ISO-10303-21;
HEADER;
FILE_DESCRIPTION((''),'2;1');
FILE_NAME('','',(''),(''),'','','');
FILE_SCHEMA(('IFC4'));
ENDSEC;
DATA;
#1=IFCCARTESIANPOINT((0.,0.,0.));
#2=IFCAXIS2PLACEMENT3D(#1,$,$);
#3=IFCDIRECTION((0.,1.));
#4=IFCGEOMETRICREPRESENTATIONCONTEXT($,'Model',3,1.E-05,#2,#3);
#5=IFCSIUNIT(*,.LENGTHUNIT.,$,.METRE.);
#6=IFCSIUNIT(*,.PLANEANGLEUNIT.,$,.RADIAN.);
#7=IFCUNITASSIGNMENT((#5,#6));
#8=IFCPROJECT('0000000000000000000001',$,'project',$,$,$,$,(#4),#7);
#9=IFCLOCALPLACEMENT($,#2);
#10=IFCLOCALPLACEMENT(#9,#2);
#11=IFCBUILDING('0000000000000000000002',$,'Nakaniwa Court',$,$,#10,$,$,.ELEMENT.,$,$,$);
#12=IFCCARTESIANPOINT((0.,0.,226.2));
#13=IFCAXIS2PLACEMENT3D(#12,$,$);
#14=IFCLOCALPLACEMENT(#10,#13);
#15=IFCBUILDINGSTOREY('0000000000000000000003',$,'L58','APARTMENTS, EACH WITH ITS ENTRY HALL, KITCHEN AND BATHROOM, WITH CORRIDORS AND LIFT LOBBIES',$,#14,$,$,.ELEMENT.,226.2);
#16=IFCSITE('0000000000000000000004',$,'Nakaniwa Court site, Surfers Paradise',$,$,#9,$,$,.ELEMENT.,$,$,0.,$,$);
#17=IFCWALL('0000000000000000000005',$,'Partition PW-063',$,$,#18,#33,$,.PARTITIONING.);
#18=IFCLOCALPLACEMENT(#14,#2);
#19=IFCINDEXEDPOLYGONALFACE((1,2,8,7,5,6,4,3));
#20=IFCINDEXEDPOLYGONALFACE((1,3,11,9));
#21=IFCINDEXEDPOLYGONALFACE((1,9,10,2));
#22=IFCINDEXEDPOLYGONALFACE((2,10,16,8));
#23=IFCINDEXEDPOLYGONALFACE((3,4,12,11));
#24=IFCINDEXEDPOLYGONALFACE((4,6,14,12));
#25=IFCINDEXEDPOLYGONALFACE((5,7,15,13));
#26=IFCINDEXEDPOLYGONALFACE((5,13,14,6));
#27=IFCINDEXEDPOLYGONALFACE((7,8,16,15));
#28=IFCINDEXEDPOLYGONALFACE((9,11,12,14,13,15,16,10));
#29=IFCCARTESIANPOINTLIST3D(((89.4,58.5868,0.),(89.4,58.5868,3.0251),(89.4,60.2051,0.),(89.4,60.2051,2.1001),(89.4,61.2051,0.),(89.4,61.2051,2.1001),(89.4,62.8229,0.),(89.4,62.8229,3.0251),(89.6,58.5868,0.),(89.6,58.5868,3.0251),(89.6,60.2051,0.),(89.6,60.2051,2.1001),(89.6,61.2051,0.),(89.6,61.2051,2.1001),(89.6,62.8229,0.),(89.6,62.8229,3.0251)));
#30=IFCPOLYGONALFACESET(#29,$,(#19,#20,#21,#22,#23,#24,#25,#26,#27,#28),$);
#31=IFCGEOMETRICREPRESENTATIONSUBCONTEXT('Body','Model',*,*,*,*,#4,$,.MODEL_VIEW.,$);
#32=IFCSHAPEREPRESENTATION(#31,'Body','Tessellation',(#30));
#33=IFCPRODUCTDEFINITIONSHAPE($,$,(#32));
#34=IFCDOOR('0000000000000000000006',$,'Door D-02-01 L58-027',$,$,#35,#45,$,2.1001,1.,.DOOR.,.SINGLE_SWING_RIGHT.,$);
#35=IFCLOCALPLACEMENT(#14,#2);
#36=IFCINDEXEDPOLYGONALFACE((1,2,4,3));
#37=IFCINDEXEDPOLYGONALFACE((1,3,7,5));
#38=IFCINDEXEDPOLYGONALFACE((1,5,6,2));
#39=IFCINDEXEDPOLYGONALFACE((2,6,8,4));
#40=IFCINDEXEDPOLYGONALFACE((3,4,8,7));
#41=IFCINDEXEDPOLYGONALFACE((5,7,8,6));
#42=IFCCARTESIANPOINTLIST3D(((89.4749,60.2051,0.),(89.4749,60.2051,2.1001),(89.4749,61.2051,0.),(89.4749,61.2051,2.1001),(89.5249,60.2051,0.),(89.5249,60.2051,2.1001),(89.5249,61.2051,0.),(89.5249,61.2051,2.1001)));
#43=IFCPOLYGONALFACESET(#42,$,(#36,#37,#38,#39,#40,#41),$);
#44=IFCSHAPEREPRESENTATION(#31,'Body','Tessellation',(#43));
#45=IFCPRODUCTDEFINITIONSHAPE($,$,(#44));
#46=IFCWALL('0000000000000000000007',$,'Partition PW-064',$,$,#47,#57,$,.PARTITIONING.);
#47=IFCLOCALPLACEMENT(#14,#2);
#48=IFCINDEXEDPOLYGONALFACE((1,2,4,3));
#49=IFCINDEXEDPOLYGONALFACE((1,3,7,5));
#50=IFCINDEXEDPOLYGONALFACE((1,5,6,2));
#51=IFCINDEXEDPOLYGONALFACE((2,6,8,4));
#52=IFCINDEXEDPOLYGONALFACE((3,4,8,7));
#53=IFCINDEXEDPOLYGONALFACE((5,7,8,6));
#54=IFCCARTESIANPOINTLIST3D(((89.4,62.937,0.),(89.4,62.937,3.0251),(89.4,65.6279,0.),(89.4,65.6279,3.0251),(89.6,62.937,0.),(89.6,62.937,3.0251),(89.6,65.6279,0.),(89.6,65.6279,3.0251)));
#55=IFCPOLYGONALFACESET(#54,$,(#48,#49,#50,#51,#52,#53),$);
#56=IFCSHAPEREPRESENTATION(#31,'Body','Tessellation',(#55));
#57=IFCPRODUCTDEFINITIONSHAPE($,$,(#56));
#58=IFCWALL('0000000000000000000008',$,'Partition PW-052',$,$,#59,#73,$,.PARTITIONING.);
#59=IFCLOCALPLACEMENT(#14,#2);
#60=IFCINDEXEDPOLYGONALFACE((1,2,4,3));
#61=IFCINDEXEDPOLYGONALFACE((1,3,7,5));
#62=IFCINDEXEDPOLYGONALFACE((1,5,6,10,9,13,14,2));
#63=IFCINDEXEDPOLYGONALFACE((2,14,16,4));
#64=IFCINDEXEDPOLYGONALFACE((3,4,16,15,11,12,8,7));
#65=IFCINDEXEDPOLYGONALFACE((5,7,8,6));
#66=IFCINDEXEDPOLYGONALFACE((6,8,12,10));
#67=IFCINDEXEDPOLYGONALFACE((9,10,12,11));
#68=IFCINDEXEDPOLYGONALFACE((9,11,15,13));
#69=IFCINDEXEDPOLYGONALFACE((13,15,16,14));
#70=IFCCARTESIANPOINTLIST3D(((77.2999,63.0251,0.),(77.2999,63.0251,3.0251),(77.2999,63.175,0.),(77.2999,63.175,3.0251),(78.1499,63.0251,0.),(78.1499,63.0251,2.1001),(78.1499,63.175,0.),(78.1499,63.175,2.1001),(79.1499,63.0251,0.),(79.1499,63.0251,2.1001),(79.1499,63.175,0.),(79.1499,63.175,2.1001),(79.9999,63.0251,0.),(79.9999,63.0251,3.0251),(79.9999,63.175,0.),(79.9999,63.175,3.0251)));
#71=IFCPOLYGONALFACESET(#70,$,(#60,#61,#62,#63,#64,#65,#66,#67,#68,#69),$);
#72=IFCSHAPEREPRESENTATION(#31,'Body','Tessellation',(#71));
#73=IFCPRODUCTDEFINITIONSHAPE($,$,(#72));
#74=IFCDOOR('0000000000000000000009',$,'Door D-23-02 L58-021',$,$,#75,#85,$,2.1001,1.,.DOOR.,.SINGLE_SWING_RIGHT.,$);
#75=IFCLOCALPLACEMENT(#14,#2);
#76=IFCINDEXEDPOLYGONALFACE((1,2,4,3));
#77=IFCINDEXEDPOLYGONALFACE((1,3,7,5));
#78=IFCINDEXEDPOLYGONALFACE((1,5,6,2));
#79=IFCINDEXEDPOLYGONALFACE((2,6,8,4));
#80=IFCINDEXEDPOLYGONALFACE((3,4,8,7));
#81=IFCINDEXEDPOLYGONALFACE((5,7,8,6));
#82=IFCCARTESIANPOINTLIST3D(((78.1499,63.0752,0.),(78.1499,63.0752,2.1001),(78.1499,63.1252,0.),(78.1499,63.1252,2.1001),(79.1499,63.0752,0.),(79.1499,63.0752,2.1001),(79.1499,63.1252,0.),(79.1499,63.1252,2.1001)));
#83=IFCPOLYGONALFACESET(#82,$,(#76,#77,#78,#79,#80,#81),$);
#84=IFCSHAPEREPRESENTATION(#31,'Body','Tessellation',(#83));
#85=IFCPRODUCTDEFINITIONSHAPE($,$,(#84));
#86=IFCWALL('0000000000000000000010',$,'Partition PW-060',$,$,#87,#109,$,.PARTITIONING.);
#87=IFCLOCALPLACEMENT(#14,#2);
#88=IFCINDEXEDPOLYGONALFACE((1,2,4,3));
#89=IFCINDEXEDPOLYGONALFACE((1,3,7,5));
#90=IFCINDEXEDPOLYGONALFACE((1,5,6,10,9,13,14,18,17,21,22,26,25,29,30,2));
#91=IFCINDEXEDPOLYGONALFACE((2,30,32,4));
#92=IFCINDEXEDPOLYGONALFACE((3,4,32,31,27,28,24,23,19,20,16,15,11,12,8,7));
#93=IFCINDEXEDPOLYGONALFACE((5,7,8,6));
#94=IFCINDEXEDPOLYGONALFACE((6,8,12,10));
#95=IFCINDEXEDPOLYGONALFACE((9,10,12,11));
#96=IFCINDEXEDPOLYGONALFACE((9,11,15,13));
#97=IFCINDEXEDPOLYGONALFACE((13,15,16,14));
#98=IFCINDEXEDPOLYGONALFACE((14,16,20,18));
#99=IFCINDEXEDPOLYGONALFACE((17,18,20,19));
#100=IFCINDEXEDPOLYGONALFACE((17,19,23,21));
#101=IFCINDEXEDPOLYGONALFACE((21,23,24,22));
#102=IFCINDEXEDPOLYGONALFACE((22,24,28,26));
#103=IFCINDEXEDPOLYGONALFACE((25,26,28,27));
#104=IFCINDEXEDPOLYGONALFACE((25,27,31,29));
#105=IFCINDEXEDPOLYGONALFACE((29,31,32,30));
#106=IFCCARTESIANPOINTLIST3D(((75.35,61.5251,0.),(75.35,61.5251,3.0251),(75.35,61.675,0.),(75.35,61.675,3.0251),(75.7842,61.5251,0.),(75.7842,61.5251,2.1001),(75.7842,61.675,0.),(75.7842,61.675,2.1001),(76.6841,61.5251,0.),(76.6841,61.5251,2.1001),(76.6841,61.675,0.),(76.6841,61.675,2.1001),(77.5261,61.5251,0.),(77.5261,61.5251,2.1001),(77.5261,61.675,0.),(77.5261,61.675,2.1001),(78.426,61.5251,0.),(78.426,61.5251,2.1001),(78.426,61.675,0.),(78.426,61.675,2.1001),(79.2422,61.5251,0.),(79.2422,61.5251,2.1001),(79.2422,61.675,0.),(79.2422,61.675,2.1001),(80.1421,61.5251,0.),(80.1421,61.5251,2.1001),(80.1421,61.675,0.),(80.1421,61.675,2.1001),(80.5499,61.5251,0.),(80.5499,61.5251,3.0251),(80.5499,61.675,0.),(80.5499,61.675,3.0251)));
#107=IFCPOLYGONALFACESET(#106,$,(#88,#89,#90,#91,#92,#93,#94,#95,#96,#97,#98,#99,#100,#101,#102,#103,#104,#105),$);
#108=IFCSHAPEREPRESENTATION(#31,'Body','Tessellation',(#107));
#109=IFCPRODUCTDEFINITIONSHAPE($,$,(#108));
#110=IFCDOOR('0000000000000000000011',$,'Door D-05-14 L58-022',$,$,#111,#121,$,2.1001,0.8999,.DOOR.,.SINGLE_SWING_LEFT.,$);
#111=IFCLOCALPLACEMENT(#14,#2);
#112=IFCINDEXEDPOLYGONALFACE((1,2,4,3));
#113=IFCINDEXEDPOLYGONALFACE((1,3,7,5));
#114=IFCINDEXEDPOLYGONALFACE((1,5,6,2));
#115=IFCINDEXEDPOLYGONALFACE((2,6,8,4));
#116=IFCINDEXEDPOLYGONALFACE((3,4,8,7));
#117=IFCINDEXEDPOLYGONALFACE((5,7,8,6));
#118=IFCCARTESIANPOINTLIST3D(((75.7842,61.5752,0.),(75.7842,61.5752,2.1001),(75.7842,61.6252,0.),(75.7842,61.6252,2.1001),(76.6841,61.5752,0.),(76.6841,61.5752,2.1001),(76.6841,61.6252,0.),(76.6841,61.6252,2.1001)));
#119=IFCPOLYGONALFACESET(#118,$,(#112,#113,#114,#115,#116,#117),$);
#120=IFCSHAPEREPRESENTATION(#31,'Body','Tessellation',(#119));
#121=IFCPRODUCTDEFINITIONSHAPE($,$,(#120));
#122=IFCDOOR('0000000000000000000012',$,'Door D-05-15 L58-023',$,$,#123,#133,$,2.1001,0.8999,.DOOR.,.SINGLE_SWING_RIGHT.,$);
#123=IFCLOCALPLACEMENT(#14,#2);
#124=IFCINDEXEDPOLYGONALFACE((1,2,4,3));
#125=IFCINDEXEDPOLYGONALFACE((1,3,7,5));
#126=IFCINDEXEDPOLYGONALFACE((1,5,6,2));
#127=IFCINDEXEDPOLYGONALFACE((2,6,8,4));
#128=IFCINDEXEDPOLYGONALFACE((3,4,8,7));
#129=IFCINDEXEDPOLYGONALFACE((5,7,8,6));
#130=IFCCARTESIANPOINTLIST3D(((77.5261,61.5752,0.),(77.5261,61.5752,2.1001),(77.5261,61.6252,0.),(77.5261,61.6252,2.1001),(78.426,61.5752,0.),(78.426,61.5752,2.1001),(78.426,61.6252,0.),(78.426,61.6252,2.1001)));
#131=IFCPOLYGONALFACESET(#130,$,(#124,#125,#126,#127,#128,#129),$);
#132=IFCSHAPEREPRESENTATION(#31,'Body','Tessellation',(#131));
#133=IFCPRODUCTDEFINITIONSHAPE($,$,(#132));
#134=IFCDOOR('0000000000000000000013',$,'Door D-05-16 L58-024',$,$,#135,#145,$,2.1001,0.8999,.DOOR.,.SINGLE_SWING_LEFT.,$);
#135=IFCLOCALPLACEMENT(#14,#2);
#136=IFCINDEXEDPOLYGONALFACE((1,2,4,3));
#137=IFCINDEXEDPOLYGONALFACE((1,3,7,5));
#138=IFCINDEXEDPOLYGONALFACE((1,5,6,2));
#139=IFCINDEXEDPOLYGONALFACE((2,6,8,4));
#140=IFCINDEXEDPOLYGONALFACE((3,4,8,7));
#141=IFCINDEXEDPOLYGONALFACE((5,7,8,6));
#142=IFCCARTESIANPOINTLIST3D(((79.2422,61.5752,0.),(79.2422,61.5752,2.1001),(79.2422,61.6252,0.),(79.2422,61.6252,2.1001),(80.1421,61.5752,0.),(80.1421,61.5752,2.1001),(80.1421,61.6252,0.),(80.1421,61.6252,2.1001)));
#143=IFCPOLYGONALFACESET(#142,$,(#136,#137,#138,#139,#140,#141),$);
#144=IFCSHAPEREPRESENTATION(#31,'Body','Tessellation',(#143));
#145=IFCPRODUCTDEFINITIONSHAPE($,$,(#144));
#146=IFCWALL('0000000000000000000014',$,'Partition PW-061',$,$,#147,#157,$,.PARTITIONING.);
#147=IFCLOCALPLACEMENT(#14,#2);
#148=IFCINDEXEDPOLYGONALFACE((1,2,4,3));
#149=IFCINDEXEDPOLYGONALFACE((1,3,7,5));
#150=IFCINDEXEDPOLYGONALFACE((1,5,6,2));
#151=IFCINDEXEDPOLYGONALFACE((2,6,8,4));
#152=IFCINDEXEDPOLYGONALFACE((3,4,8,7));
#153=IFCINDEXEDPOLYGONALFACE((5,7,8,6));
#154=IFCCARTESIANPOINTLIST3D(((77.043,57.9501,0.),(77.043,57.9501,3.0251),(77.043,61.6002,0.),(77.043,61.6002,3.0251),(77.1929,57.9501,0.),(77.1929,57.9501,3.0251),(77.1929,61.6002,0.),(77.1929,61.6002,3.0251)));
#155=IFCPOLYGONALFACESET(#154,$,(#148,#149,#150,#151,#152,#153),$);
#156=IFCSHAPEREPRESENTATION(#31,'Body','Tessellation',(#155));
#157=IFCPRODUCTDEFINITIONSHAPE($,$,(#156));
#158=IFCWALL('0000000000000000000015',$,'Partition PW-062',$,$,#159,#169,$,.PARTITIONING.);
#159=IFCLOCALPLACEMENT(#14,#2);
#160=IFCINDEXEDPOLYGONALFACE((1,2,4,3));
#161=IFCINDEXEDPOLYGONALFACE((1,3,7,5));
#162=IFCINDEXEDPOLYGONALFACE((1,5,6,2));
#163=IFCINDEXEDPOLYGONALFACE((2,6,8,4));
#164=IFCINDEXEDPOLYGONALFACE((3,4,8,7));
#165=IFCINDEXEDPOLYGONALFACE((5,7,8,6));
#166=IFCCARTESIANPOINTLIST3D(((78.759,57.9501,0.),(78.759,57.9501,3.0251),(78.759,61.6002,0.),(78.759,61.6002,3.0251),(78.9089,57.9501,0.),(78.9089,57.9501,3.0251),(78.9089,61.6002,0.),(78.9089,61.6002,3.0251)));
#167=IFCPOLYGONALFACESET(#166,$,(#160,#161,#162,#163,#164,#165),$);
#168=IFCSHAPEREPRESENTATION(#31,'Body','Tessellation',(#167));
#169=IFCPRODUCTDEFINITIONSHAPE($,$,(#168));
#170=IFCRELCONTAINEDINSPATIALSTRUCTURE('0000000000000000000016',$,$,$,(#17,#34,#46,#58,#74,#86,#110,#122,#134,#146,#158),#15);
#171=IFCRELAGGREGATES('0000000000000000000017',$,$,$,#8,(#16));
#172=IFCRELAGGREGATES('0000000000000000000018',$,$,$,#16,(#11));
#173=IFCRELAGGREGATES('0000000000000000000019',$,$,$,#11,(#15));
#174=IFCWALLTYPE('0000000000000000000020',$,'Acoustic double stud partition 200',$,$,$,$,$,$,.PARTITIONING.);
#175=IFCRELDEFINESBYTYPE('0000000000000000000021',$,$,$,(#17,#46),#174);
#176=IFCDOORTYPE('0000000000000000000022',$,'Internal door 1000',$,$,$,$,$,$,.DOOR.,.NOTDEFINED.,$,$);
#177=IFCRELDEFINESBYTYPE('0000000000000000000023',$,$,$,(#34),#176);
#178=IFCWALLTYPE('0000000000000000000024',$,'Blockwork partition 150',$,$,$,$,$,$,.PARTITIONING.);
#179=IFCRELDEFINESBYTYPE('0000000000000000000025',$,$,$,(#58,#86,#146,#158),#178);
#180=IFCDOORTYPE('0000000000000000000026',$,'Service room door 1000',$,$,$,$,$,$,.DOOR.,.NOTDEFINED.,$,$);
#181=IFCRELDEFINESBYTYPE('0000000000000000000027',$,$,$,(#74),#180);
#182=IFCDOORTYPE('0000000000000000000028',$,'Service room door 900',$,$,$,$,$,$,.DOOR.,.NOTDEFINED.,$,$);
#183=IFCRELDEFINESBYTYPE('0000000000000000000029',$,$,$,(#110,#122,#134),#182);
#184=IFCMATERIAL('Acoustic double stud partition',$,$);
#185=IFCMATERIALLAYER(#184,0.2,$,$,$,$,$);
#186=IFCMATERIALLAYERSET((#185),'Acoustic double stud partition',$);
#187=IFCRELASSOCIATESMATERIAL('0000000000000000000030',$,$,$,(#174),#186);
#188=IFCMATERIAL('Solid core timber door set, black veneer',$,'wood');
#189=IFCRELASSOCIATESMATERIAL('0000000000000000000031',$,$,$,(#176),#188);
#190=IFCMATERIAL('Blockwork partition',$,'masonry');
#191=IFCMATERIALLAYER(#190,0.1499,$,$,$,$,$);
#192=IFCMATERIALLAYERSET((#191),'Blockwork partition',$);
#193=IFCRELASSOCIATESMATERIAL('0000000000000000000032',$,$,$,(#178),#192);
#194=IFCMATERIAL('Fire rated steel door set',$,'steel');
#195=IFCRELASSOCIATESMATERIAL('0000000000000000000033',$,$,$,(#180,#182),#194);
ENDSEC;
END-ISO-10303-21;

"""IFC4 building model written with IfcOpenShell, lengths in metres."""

from ifc_helpers import new_model, si_unit, direction, frame, frame_2d, origin, place, context, subcontext, project, spatial, rectangle, extrude, material, layer, layer_set, type_object, element, fill, save


model = new_model("IFC4")

# Units and contexts
model_context = context("Model", 3, precision=1e-05, world=origin(), true_north=direction((0.0, 1.0)))
body_context = subcontext(model_context, "Body", "Model", "MODEL_VIEW")
ifc_project = project(units=[si_unit("LENGTHUNIT", "METRE"), si_unit("PLANEANGLEUNIT", "RADIAN")], contexts=[model_context])

# Site, building, storey
site_placement = place(None, origin())
site = spatial("IfcSite", under=ifc_project, at=site_placement, Name="Nakaniwa Court site, Surfers Paradise", CompositionType="ELEMENT", RefElevation=0.0)
building_placement = place(site_placement, origin())
building = spatial("IfcBuilding", under=site, at=building_placement, Name="Nakaniwa Court", CompositionType="ELEMENT")
storey_placement = place(building_placement, frame((0.0, 0.0, 226.2)))
storey = spatial("IfcBuildingStorey", under=building, at=storey_placement, Name="L58", Description="APARTMENTS, EACH WITH ITS ENTRY HALL, KITCHEN AND BATHROOM, WITH CORRIDORS AND LIFT LOBBIES", CompositionType="ELEMENT", Elevation=226.2)

# Wall, opening, door
ifc_material_1 = material(Name="Acoustic double stud partition")
ifc_layer_1 = layer(ifc_material_1, 0.2)
ifc_layer_set_1 = layer_set([ifc_layer_1], Name="Acoustic double stud partition")
wall_type_1 = type_object("IfcWallType", Name="Acoustic double stud partition 200", PredefinedType="PARTITIONING", material=ifc_layer_set_1)
wall_1_placement = place(storey_placement, frame((89.5, 62.823, 0.0), z_axis=(0.0, 0.0, 1.0), x_axis=(0.0, -1.0, 0.0)))
wall_1 = element("IfcWall", 1, at=wall_1_placement, inside=storey, type_object=wall_type_1, Name="Partition PW-063", PredefinedType="PARTITIONING", context=body_context, shape_type="SweptSolid", body=[
    extrude(rectangle(XDim=4.2361, YDim=0.2, at=frame_2d((2.1182, 0.0))), origin(), (0.0, 0.0, 1.0), 3.0251),
])
opening_1_placement = place(wall_1_placement, frame((1.6179, 0.0, 0.0)))
opening_1 = element("IfcOpeningElement", 2, at=opening_1_placement, cuts=wall_1, PredefinedType="OPENING", context=body_context, shape_type="SweptSolid", body=[
    extrude(rectangle(XDim=1.0, YDim=2.1001, at=frame_2d((0.5, 1.05))), frame((0.0, 0.1099, 0.0), z_axis=(0.0, -1.0, 0.0), x_axis=(1.0, 0.0, 0.0)), (0.0, 0.0, 1.0), 0.22),
])
ifc_material_2 = material(Name="Solid core timber door set, black veneer", Category="wood")
door_type_1 = type_object("IfcDoorType", Name="Internal door 1000", OperationType="NOTDEFINED", PredefinedType="DOOR", material=ifc_material_2)
door_1_placement = place(opening_1_placement, origin())
door_1 = element("IfcDoor", 3, at=door_1_placement, inside=storey, type_object=door_type_1, Name="Door D-02-01 L58-027", OperationType="SINGLE_SWING_RIGHT", OverallHeight=2.1001, OverallWidth=1.0, PredefinedType="DOOR", context=body_context, shape_type="SweptSolid", body=[
    extrude(rectangle(XDim=1.0, YDim=2.1001, at=frame_2d((0.5, 1.05))), frame((0.0, 0.0249, 0.0), z_axis=(0.0, -1.0, 0.0), x_axis=(1.0, 0.0, 0.0)), (0.0, 0.0, 1.0), 0.05),
])
fill(opening_1, door_1)

# Wall
wall_2_placement = place(storey_placement, frame((89.5, 62.937, 0.0), z_axis=(0.0, 0.0, 1.0), x_axis=(0.0, 1.0, 0.0)))
element("IfcWall", 4, at=wall_2_placement, inside=storey, type_object=wall_type_1, Name="Partition PW-064", PredefinedType="PARTITIONING", context=body_context, shape_type="SweptSolid", body=[
    extrude(rectangle(XDim=2.6909, YDim=0.2, at=frame_2d((1.3455, 0.0))), origin(), (0.0, 0.0, 1.0), 3.0251),
])

# Wall, opening, door
ifc_material_3 = material(Name="Blockwork partition", Category="masonry")
ifc_layer_2 = layer(ifc_material_3, 0.1499)
ifc_layer_set_2 = layer_set([ifc_layer_2], Name="Blockwork partition")
wall_type_2 = type_object("IfcWallType", Name="Blockwork partition 150", PredefinedType="PARTITIONING", material=ifc_layer_set_2)
wall_3_placement = place(storey_placement, frame((80.0, 63.1001, 0.0), z_axis=(0.0, 0.0, 1.0), x_axis=(-1.0, 0.0, 0.0)))
wall_3 = element("IfcWall", 5, at=wall_3_placement, inside=storey, type_object=wall_type_2, Name="Partition PW-052", PredefinedType="PARTITIONING", context=body_context, shape_type="SweptSolid", body=[
    extrude(rectangle(XDim=2.7, YDim=0.1499, at=frame_2d((1.3501, 0.0))), origin(), (0.0, 0.0, 1.0), 3.0251),
])
opening_2_placement = place(wall_3_placement, frame((0.8501, 0.0, 0.0)))
opening_2 = element("IfcOpeningElement", 6, at=opening_2_placement, cuts=wall_3, PredefinedType="OPENING", context=body_context, shape_type="SweptSolid", body=[
    extrude(rectangle(XDim=1.0, YDim=2.1001, at=frame_2d((0.5, 1.05))), frame((0.0, 0.085, 0.0), z_axis=(0.0, -1.0, 0.0), x_axis=(1.0, 0.0, 0.0)), (0.0, 0.0, 1.0), 0.1699),
])
ifc_material_4 = material(Name="Fire rated steel door set", Category="steel")
door_type_2 = type_object("IfcDoorType", Name="Service room door 1000", OperationType="NOTDEFINED", PredefinedType="DOOR", material=ifc_material_4)
door_2_placement = place(opening_2_placement, origin())
door_2 = element("IfcDoor", 7, at=door_2_placement, inside=storey, type_object=door_type_2, Name="Door D-23-02 L58-021", OperationType="SINGLE_SWING_RIGHT", OverallHeight=2.1001, OverallWidth=1.0, PredefinedType="DOOR", context=body_context, shape_type="SweptSolid", body=[
    extrude(rectangle(XDim=1.0, YDim=2.1001, at=frame_2d((0.5, 1.05))), frame((0.0, 0.0249, 0.0), z_axis=(0.0, -1.0, 0.0), x_axis=(1.0, 0.0, 0.0)), (0.0, 0.0, 1.0), 0.05),
])
fill(opening_2, door_2)

# Wall, openings, doors
wall_4_placement = place(storey_placement, frame((80.55, 61.6001, 0.0), z_axis=(0.0, 0.0, 1.0), x_axis=(-1.0, 0.0, 0.0)))
wall_4 = element("IfcWall", 8, at=wall_4_placement, inside=storey, type_object=wall_type_2, Name="Partition PW-060", PredefinedType="PARTITIONING", context=body_context, shape_type="SweptSolid", body=[
    extrude(rectangle(XDim=5.2, YDim=0.1499, at=frame_2d((2.6001, 0.0))), origin(), (0.0, 0.0, 1.0), 3.0251),
])
opening_3_placement = place(wall_4_placement, frame((3.866, 0.0, 0.0)))
opening_3 = element("IfcOpeningElement", 9, at=opening_3_placement, cuts=wall_4, PredefinedType="OPENING", context=body_context, shape_type="SweptSolid", body=[
    extrude(rectangle(XDim=0.8999, YDim=2.1001, at=frame_2d((0.45, 1.05))), frame((0.0, 0.085, 0.0), z_axis=(0.0, -1.0, 0.0), x_axis=(1.0, 0.0, 0.0)), (0.0, 0.0, 1.0), 0.1699),
])
opening_4_placement = place(wall_4_placement, frame((2.124, 0.0, 0.0)))
opening_4 = element("IfcOpeningElement", 10, at=opening_4_placement, cuts=wall_4, PredefinedType="OPENING", context=body_context, shape_type="SweptSolid", body=[
    extrude(rectangle(XDim=0.8999, YDim=2.1001, at=frame_2d((0.45, 1.05))), frame((0.0, 0.085, 0.0), z_axis=(0.0, -1.0, 0.0), x_axis=(1.0, 0.0, 0.0)), (0.0, 0.0, 1.0), 0.1699),
])
opening_5_placement = place(wall_4_placement, frame((0.408, 0.0, 0.0)))
opening_5 = element("IfcOpeningElement", 11, at=opening_5_placement, cuts=wall_4, PredefinedType="OPENING", context=body_context, shape_type="SweptSolid", body=[
    extrude(rectangle(XDim=0.8999, YDim=2.1001, at=frame_2d((0.45, 1.05))), frame((0.0, 0.085, 0.0), z_axis=(0.0, -1.0, 0.0), x_axis=(1.0, 0.0, 0.0)), (0.0, 0.0, 1.0), 0.1699),
])
door_type_3 = type_object("IfcDoorType", Name="Service room door 900", OperationType="NOTDEFINED", PredefinedType="DOOR", material=ifc_material_4)
door_3_placement = place(opening_3_placement, origin())
door_3 = element("IfcDoor", 12, at=door_3_placement, inside=storey, type_object=door_type_3, Name="Door D-05-14 L58-022", OperationType="SINGLE_SWING_LEFT", OverallHeight=2.1001, OverallWidth=0.8999, PredefinedType="DOOR", context=body_context, shape_type="SweptSolid", body=[
    extrude(rectangle(XDim=0.8999, YDim=2.1001, at=frame_2d((0.45, 1.05))), frame((0.0, 0.0249, 0.0), z_axis=(0.0, -1.0, 0.0), x_axis=(1.0, 0.0, 0.0)), (0.0, 0.0, 1.0), 0.05),
])
fill(opening_3, door_3)
door_4_placement = place(opening_4_placement, origin())
door_4 = element("IfcDoor", 13, at=door_4_placement, inside=storey, type_object=door_type_3, Name="Door D-05-15 L58-023", OperationType="SINGLE_SWING_RIGHT", OverallHeight=2.1001, OverallWidth=0.8999, PredefinedType="DOOR", context=body_context, shape_type="SweptSolid", body=[
    extrude(rectangle(XDim=0.8999, YDim=2.1001, at=frame_2d((0.45, 1.05))), frame((0.0, 0.0249, 0.0), z_axis=(0.0, -1.0, 0.0), x_axis=(1.0, 0.0, 0.0)), (0.0, 0.0, 1.0), 0.05),
])
fill(opening_4, door_4)
door_5_placement = place(opening_5_placement, origin())
door_5 = element("IfcDoor", 14, at=door_5_placement, inside=storey, type_object=door_type_3, Name="Door D-05-16 L58-024", OperationType="SINGLE_SWING_LEFT", OverallHeight=2.1001, OverallWidth=0.8999, PredefinedType="DOOR", context=body_context, shape_type="SweptSolid", body=[
    extrude(rectangle(XDim=0.8999, YDim=2.1001, at=frame_2d((0.45, 1.05))), frame((0.0, 0.0249, 0.0), z_axis=(0.0, -1.0, 0.0), x_axis=(1.0, 0.0, 0.0)), (0.0, 0.0, 1.0), 0.05),
])
fill(opening_5, door_5)

# Walls
for number, where, z_axis, x_axis, name in (
    (15, (77.1179, 57.95, 0.0), (0.0, 0.0, 1.0), (0.0, 1.0, 0.0), "Partition PW-061"),
    (16, (78.834, 57.95, 0.0), (0.0, 0.0, 1.0), (0.0, 1.0, 0.0), "Partition PW-062"),
):
    element("IfcWall", number, at=place(storey_placement, frame(where, z_axis=z_axis, x_axis=x_axis)), inside=storey, type_object=wall_type_2, Name=name, PredefinedType="PARTITIONING", context=body_context, shape_type="SweptSolid", body=[
        extrude(rectangle(XDim=3.6501, YDim=0.1499, at=frame_2d((1.8252, 0.0))), origin(), (0.0, 0.0, 1.0), 3.0251),
    ])

save(model, "model.ifc")
